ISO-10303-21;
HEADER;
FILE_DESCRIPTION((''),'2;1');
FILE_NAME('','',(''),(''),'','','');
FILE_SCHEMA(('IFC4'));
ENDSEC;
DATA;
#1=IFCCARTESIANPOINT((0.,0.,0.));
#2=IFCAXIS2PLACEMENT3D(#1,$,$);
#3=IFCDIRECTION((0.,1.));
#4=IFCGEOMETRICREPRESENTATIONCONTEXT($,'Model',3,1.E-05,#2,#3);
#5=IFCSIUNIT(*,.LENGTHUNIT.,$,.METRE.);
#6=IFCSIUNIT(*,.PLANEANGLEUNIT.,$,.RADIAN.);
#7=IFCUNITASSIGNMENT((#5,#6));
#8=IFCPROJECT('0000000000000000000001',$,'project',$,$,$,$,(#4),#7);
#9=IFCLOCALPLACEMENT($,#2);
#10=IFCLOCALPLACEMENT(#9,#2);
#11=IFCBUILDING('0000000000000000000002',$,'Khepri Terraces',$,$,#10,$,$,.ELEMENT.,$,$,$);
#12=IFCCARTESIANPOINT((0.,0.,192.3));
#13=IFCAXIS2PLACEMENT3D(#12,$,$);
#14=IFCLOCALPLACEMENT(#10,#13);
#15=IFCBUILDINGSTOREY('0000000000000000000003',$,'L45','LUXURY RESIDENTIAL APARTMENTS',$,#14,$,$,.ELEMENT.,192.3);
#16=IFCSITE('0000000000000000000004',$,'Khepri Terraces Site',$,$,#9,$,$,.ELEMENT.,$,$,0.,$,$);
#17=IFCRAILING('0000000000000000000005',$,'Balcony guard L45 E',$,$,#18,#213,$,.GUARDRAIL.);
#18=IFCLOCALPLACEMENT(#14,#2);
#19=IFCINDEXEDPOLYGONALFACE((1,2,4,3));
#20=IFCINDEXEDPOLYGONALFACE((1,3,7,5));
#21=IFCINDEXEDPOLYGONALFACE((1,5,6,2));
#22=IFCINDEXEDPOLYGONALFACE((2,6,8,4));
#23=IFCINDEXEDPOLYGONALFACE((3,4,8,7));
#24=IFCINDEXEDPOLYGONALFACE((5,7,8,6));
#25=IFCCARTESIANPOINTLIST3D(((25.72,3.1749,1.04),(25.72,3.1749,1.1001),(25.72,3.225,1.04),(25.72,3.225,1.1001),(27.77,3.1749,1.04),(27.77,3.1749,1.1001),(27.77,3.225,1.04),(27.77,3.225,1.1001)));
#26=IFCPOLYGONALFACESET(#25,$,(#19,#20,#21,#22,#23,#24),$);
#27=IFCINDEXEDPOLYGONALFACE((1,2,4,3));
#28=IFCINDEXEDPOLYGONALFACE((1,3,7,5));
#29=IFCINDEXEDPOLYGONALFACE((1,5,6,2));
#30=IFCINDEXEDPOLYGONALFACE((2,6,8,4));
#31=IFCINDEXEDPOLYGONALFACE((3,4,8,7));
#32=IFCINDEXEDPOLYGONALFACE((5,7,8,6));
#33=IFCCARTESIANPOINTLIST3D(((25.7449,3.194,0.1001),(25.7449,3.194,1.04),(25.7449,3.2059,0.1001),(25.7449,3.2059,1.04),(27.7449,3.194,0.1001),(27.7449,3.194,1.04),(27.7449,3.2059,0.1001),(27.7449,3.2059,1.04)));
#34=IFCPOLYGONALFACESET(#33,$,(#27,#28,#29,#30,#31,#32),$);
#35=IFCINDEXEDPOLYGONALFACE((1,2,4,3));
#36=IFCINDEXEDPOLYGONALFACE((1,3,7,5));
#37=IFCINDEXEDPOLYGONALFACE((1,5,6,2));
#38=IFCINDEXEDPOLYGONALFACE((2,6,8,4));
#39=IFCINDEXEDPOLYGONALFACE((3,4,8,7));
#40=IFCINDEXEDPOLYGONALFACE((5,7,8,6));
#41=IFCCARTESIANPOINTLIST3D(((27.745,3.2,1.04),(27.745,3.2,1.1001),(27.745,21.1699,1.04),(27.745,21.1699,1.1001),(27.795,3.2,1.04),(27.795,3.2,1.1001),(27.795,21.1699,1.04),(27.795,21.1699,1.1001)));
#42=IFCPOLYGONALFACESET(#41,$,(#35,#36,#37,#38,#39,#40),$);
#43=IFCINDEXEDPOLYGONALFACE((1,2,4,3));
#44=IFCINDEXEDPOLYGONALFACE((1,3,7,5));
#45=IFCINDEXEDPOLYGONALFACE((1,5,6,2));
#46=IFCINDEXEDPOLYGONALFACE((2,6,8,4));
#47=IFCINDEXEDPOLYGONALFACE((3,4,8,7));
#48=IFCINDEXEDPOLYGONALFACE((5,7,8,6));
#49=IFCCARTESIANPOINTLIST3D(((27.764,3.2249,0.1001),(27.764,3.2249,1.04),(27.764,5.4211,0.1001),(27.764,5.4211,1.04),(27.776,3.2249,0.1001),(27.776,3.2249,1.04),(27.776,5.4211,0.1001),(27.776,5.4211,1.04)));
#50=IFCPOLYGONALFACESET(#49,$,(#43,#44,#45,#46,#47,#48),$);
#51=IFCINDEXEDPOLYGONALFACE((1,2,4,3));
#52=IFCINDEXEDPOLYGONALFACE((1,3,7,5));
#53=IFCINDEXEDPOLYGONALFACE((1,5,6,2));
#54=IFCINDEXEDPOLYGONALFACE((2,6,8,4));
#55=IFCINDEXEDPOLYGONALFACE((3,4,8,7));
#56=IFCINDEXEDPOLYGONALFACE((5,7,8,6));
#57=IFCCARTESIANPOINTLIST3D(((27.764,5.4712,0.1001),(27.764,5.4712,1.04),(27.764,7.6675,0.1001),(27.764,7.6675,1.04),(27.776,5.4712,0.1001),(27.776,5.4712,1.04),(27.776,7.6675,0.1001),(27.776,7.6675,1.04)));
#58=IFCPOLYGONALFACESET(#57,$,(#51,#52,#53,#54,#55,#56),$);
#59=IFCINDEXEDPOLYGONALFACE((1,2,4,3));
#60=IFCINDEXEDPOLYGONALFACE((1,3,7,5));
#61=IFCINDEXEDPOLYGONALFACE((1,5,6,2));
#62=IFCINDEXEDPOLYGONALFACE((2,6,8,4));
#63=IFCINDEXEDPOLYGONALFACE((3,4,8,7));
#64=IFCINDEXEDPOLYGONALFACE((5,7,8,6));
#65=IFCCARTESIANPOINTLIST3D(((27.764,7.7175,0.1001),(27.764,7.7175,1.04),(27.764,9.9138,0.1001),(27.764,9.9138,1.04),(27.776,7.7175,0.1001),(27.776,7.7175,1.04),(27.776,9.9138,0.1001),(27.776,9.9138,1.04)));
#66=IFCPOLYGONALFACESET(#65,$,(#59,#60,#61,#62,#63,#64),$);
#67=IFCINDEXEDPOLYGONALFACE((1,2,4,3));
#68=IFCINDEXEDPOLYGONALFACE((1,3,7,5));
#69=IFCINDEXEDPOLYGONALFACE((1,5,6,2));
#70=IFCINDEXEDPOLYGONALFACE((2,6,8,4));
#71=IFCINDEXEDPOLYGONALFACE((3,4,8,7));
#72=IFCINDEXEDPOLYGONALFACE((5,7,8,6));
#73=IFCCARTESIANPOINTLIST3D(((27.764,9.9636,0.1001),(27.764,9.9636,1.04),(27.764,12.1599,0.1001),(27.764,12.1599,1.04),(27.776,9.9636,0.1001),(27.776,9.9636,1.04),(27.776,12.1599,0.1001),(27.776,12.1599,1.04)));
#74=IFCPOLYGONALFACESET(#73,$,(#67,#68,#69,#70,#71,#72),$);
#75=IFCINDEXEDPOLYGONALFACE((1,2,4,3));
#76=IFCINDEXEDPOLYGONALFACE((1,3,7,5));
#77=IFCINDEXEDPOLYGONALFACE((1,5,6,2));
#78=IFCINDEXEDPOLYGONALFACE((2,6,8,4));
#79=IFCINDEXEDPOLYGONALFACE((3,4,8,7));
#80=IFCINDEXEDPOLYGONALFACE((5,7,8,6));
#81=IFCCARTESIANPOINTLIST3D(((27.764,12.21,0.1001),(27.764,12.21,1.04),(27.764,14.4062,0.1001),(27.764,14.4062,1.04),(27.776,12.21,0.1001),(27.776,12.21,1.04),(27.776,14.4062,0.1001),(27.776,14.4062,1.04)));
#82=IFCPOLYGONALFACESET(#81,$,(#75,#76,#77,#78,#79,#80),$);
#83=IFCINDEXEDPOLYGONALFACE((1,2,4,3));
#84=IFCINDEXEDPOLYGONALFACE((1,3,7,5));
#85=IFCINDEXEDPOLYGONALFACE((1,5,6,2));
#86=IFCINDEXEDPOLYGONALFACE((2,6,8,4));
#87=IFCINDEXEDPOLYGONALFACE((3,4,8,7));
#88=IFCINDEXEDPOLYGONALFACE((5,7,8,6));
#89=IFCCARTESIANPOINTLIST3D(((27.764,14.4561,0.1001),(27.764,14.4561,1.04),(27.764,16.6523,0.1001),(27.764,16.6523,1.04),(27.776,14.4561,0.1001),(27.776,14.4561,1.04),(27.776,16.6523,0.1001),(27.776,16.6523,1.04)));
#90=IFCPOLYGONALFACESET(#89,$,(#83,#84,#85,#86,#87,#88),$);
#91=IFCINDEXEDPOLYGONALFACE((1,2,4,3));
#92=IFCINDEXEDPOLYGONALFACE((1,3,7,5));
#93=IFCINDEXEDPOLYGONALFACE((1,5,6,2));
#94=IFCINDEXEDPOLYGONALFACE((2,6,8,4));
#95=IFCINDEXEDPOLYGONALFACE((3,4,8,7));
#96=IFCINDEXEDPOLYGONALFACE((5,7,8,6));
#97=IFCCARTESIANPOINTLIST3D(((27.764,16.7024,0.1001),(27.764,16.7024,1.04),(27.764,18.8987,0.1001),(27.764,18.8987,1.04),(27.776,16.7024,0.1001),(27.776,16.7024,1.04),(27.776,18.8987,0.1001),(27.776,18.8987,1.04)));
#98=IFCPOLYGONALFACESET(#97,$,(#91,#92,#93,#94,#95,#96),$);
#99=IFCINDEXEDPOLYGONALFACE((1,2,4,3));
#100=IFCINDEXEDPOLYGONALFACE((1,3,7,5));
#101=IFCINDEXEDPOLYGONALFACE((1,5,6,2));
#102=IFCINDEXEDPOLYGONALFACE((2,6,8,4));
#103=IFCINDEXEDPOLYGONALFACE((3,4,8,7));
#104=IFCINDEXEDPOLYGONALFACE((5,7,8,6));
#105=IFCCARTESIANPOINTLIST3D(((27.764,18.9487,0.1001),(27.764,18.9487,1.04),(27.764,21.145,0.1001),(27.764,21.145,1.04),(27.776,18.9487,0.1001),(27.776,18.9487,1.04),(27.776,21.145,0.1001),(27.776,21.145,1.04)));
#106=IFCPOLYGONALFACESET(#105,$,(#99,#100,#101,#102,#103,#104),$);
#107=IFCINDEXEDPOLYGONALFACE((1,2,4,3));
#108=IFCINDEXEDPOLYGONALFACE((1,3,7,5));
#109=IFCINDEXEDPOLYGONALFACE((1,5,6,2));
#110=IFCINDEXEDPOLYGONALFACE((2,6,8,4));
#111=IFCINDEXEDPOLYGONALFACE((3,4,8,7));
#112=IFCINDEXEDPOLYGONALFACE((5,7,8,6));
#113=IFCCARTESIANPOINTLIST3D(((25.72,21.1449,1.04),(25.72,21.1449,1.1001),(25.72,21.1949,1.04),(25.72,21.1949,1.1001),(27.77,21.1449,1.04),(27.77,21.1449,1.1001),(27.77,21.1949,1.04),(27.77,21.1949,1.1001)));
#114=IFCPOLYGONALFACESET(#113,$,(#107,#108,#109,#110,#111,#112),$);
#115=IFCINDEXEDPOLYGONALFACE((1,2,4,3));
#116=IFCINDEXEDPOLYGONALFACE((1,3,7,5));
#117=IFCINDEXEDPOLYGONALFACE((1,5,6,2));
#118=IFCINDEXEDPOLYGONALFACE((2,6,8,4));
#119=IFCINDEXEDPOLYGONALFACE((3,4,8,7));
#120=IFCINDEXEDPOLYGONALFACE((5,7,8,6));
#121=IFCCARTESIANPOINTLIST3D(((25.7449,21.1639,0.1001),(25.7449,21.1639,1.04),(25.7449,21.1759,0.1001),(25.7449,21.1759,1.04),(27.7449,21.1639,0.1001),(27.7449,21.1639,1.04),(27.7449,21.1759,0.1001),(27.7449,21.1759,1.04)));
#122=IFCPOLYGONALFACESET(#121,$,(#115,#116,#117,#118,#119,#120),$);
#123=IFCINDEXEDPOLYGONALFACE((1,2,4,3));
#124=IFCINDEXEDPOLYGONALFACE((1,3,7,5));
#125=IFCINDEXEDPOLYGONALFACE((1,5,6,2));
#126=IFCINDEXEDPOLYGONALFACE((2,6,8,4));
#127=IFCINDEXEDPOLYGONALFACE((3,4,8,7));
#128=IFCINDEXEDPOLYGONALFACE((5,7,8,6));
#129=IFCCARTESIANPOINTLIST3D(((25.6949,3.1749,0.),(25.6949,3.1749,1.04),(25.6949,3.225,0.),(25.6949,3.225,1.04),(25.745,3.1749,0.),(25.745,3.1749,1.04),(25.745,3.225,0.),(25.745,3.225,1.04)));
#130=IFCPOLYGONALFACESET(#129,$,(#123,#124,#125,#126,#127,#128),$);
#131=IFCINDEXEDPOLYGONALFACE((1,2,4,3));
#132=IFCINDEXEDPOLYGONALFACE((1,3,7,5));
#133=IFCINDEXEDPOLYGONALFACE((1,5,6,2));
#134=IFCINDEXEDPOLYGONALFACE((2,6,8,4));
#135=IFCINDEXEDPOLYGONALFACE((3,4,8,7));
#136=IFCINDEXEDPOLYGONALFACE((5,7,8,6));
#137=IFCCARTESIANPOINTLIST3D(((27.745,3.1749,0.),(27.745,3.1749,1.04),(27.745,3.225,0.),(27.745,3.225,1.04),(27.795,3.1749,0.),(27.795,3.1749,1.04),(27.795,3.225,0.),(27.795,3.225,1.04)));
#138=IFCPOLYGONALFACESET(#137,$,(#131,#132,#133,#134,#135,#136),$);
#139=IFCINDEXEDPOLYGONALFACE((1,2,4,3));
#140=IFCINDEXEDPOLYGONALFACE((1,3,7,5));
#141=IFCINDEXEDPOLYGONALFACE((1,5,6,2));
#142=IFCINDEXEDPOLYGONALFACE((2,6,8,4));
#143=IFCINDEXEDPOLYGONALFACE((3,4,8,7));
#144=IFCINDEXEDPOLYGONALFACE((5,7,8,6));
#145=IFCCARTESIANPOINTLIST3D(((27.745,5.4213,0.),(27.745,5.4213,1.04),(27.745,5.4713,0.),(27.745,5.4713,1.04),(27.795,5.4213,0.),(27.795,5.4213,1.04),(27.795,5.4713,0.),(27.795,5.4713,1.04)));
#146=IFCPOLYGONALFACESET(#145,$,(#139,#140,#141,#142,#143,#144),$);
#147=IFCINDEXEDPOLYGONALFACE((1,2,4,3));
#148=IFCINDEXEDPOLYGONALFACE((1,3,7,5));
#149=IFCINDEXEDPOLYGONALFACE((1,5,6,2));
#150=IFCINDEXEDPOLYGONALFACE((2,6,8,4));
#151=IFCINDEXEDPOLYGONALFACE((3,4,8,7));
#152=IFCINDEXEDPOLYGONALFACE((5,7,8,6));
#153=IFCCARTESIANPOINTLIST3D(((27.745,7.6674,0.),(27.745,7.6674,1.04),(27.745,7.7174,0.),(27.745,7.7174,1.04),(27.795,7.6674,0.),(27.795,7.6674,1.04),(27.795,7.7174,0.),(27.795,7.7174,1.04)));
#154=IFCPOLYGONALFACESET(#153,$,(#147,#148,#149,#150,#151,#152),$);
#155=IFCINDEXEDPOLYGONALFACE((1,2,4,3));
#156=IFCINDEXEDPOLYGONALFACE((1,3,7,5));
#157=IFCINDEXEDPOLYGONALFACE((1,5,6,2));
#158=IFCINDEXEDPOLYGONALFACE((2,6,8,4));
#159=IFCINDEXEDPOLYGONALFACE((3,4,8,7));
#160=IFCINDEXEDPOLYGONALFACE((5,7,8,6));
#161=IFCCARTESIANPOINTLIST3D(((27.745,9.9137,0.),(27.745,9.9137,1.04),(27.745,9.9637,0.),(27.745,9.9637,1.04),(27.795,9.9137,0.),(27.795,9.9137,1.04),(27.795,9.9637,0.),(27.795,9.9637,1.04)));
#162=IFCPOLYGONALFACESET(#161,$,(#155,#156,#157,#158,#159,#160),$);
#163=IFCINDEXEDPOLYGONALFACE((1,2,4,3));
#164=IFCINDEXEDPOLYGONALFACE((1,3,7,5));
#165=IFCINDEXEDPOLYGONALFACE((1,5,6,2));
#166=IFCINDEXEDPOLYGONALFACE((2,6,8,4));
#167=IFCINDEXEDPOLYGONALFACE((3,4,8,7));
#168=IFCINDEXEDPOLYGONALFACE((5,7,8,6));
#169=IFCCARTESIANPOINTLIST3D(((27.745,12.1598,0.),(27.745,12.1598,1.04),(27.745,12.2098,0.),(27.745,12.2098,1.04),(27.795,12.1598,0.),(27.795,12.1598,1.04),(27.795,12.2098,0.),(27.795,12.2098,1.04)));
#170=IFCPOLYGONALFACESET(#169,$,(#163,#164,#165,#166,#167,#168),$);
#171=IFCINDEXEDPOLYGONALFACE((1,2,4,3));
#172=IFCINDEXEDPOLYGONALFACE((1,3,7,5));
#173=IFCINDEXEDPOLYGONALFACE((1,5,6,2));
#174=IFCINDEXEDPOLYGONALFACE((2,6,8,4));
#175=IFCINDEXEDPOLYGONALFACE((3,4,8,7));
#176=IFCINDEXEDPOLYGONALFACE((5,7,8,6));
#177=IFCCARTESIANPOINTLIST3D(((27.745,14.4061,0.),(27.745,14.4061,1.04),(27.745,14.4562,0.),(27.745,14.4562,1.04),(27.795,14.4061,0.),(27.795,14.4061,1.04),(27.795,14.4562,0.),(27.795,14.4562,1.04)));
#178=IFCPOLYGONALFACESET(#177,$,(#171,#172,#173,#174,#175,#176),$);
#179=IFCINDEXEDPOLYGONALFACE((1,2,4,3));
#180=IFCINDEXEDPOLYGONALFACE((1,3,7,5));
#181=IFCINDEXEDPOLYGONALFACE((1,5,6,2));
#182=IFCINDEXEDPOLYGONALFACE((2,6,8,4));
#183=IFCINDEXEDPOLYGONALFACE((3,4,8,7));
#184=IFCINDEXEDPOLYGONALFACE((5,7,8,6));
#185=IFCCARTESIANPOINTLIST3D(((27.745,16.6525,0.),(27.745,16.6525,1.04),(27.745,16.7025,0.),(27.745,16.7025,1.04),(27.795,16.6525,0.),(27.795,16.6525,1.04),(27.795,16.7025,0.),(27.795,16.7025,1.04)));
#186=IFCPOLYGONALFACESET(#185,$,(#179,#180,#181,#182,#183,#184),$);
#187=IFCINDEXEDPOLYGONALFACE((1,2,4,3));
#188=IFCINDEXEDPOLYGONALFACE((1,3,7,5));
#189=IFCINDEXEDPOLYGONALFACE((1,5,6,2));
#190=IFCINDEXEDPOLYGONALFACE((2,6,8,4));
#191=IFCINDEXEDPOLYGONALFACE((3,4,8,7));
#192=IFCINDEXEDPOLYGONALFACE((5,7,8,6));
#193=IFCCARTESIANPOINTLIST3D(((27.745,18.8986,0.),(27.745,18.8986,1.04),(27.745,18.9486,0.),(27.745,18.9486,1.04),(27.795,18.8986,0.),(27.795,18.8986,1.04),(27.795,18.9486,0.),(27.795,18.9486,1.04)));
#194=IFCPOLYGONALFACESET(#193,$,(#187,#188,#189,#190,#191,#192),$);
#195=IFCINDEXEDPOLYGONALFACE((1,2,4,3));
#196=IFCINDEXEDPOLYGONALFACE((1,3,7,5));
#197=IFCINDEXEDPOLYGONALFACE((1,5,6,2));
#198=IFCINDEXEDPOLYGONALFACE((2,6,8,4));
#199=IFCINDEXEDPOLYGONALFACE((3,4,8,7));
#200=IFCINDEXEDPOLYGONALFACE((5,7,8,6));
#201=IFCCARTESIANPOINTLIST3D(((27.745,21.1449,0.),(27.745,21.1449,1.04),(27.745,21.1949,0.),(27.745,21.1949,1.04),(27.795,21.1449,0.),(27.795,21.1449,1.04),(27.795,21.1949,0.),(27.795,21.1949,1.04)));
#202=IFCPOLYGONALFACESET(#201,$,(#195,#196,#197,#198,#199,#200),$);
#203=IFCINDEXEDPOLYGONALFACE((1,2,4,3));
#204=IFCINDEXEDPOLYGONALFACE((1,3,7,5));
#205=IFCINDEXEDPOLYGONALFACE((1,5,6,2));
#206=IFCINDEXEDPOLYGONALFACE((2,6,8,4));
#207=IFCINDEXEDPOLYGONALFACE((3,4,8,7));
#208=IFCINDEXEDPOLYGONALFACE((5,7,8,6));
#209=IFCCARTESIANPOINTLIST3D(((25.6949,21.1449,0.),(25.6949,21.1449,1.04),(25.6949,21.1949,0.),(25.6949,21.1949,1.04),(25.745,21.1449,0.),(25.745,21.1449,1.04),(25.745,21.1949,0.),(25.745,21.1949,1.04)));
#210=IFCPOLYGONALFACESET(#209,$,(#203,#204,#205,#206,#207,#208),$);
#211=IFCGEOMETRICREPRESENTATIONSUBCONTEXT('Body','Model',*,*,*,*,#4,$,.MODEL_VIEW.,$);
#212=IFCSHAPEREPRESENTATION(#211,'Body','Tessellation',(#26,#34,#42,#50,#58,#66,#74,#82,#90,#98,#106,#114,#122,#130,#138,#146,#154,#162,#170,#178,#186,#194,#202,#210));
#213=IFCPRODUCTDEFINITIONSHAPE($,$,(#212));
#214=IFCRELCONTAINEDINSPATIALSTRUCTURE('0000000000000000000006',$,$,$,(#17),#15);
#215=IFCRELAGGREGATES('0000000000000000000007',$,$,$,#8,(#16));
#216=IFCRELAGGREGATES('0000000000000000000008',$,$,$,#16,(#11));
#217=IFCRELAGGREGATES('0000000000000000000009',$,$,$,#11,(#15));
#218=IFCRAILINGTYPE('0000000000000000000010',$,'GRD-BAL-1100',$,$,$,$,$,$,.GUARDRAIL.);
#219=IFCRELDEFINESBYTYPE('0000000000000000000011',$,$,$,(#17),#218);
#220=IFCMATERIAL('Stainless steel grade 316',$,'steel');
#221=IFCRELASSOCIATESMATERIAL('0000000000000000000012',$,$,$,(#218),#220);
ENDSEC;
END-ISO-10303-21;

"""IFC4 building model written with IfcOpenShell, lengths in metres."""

from ifc_helpers import new_model, si_unit, direction, frame, origin, origin_2d, place, context, subcontext, project, spatial, rectangle, extrude, material, type_object, element, save


model = new_model("IFC4")

# Units and contexts
model_context = context("Model", 3, precision=1e-05, world=origin(), true_north=direction((0.0, 1.0)))
body_context = subcontext(model_context, "Body", "Model", "MODEL_VIEW")
ifc_project = project(units=[si_unit("LENGTHUNIT", "METRE"), si_unit("PLANEANGLEUNIT", "RADIAN")], contexts=[model_context])

# Site, building, storey
site_placement = place(None, origin())
site = spatial("IfcSite", under=ifc_project, at=site_placement, Name="Khepri Terraces Site", CompositionType="ELEMENT", RefElevation=0.0)
building_placement = place(site_placement, origin())
building = spatial("IfcBuilding", under=site, at=building_placement, Name="Khepri Terraces", CompositionType="ELEMENT")
storey_placement = place(building_placement, frame((0.0, 0.0, 192.3)))
storey = spatial("IfcBuildingStorey", under=building, at=storey_placement, Name="L45", Description="LUXURY RESIDENTIAL APARTMENTS", CompositionType="ELEMENT", Elevation=192.3)

# Railing
ifc_material_1 = material(Name="Stainless steel grade 316", Category="steel")
railing_type = type_object("IfcRailingType", Name="GRD-BAL-1100", PredefinedType="GUARDRAIL", material=ifc_material_1)
railing_placement = place(storey_placement, frame((25.72, 3.2, 0.0)))
element("IfcRailing", 1, at=railing_placement, inside=storey, type_object=railing_type, Name="Balcony guard L45 E", PredefinedType="GUARDRAIL", context=body_context, shape_type="SweptSolid", body=[
    extrude(rectangle(XDim=0.05, YDim=0.0601, at=origin_2d()), frame((0.0, 0.0, 1.0701), z_axis=(1.0, 0.0, 0.0), x_axis=(0.0, 1.0, 0.0)), (0.0, 0.0, 1.0), 2.05),
    extrude(rectangle(XDim=2.0, YDim=0.012, at=origin_2d()), frame((1.0249, 0.0, 0.1001), z_axis=(0.0, 0.0, 1.0), x_axis=(1.0, 0.0, 0.0)), (0.0, 0.0, 1.0), 0.9399),
    extrude(rectangle(XDim=0.05, YDim=0.0601, at=origin_2d()), frame((2.05, 0.0, 1.0701), z_axis=(0.0, 1.0, 0.0), x_axis=(-1.0, 0.0, 0.0)), (0.0, 0.0, 1.0), 17.97),
    extrude(rectangle(XDim=2.1963, YDim=0.012, at=origin_2d()), frame((2.05, 1.123, 0.1001), z_axis=(0.0, 0.0, 1.0), x_axis=(0.0, 1.0, 0.0)), (0.0, 0.0, 1.0), 0.9399),
    extrude(rectangle(XDim=2.1963, YDim=0.012, at=origin_2d()), frame((2.05, 3.3694, 0.1001), z_axis=(0.0, 0.0, 1.0), x_axis=(0.0, 1.0, 0.0)), (0.0, 0.0, 1.0), 0.9399),
    extrude(rectangle(XDim=2.1963, YDim=0.012, at=origin_2d()), frame((2.05, 5.6157, 0.1001), z_axis=(0.0, 0.0, 1.0), x_axis=(0.0, 1.0, 0.0)), (0.0, 0.0, 1.0), 0.9399),
    extrude(rectangle(XDim=2.1963, YDim=0.012, at=origin_2d()), frame((2.05, 7.8618, 0.1001), z_axis=(0.0, 0.0, 1.0), x_axis=(0.0, 1.0, 0.0)), (0.0, 0.0, 1.0), 0.9399),
    extrude(rectangle(XDim=2.1963, YDim=0.012, at=origin_2d()), frame((2.05, 10.1082, 0.1001), z_axis=(0.0, 0.0, 1.0), x_axis=(0.0, 1.0, 0.0)), (0.0, 0.0, 1.0), 0.9399),
    extrude(rectangle(XDim=2.1963, YDim=0.012, at=origin_2d()), frame((2.05, 12.3542, 0.1001), z_axis=(0.0, 0.0, 1.0), x_axis=(0.0, 1.0, 0.0)), (0.0, 0.0, 1.0), 0.9399),
    extrude(rectangle(XDim=2.1963, YDim=0.012, at=origin_2d()), frame((2.05, 14.6006, 0.1001), z_axis=(0.0, 0.0, 1.0), x_axis=(0.0, 1.0, 0.0)), (0.0, 0.0, 1.0), 0.9399),
    extrude(rectangle(XDim=2.1963, YDim=0.012, at=origin_2d()), frame((2.05, 16.8469, 0.1001), z_axis=(0.0, 0.0, 1.0), x_axis=(0.0, 1.0, 0.0)), (0.0, 0.0, 1.0), 0.9399),
    extrude(rectangle(XDim=0.05, YDim=0.0601, at=origin_2d()), frame((2.05, 17.97, 1.0701), z_axis=(-1.0, 0.0, 0.0), x_axis=(0.0, -1.0, 0.0)), (0.0, 0.0, 1.0), 2.05),
    extrude(rectangle(XDim=2.0, YDim=0.012, at=origin_2d()), frame((1.0249, 17.97, 0.1001), z_axis=(0.0, 0.0, 1.0), x_axis=(-1.0, 0.0, 0.0)), (0.0, 0.0, 1.0), 0.9399),
    extrude(rectangle(XDim=0.05, YDim=0.05, at=origin_2d()), origin(), (0.0, 0.0, 1.0), 1.04),
    extrude(rectangle(XDim=0.05, YDim=0.05, at=origin_2d()), frame((2.05, 0.0, 0.0)), (0.0, 0.0, 1.0), 1.04),
    extrude(rectangle(XDim=0.05, YDim=0.05, at=origin_2d()), frame((2.05, 2.2463, 0.0)), (0.0, 0.0, 1.0), 1.04),
    extrude(rectangle(XDim=0.05, YDim=0.05, at=origin_2d()), frame((2.05, 4.4924, 0.0)), (0.0, 0.0, 1.0), 1.04),
    extrude(rectangle(XDim=0.05, YDim=0.05, at=origin_2d()), frame((2.05, 6.7388, 0.0)), (0.0, 0.0, 1.0), 1.04),
    extrude(rectangle(XDim=0.05, YDim=0.05, at=origin_2d()), frame((2.05, 8.9849, 0.0)), (0.0, 0.0, 1.0), 1.04),
    extrude(rectangle(XDim=0.05, YDim=0.05, at=origin_2d()), frame((2.05, 11.2312, 0.0)), (0.0, 0.0, 1.0), 1.04),
    extrude(rectangle(XDim=0.05, YDim=0.05, at=origin_2d()), frame((2.05, 13.4775, 0.0)), (0.0, 0.0, 1.0), 1.04),
    extrude(rectangle(XDim=0.05, YDim=0.05, at=origin_2d()), frame((2.05, 15.7236, 0.0)), (0.0, 0.0, 1.0), 1.04),
    extrude(rectangle(XDim=0.05, YDim=0.05, at=origin_2d()), frame((2.05, 17.97, 0.0)), (0.0, 0.0, 1.0), 1.04),
    extrude(rectangle(XDim=0.05, YDim=0.05, at=origin_2d()), frame((0.0, 17.97, 0.0)), (0.0, 0.0, 1.0), 1.04),
])

save(model, "model.ifc")
